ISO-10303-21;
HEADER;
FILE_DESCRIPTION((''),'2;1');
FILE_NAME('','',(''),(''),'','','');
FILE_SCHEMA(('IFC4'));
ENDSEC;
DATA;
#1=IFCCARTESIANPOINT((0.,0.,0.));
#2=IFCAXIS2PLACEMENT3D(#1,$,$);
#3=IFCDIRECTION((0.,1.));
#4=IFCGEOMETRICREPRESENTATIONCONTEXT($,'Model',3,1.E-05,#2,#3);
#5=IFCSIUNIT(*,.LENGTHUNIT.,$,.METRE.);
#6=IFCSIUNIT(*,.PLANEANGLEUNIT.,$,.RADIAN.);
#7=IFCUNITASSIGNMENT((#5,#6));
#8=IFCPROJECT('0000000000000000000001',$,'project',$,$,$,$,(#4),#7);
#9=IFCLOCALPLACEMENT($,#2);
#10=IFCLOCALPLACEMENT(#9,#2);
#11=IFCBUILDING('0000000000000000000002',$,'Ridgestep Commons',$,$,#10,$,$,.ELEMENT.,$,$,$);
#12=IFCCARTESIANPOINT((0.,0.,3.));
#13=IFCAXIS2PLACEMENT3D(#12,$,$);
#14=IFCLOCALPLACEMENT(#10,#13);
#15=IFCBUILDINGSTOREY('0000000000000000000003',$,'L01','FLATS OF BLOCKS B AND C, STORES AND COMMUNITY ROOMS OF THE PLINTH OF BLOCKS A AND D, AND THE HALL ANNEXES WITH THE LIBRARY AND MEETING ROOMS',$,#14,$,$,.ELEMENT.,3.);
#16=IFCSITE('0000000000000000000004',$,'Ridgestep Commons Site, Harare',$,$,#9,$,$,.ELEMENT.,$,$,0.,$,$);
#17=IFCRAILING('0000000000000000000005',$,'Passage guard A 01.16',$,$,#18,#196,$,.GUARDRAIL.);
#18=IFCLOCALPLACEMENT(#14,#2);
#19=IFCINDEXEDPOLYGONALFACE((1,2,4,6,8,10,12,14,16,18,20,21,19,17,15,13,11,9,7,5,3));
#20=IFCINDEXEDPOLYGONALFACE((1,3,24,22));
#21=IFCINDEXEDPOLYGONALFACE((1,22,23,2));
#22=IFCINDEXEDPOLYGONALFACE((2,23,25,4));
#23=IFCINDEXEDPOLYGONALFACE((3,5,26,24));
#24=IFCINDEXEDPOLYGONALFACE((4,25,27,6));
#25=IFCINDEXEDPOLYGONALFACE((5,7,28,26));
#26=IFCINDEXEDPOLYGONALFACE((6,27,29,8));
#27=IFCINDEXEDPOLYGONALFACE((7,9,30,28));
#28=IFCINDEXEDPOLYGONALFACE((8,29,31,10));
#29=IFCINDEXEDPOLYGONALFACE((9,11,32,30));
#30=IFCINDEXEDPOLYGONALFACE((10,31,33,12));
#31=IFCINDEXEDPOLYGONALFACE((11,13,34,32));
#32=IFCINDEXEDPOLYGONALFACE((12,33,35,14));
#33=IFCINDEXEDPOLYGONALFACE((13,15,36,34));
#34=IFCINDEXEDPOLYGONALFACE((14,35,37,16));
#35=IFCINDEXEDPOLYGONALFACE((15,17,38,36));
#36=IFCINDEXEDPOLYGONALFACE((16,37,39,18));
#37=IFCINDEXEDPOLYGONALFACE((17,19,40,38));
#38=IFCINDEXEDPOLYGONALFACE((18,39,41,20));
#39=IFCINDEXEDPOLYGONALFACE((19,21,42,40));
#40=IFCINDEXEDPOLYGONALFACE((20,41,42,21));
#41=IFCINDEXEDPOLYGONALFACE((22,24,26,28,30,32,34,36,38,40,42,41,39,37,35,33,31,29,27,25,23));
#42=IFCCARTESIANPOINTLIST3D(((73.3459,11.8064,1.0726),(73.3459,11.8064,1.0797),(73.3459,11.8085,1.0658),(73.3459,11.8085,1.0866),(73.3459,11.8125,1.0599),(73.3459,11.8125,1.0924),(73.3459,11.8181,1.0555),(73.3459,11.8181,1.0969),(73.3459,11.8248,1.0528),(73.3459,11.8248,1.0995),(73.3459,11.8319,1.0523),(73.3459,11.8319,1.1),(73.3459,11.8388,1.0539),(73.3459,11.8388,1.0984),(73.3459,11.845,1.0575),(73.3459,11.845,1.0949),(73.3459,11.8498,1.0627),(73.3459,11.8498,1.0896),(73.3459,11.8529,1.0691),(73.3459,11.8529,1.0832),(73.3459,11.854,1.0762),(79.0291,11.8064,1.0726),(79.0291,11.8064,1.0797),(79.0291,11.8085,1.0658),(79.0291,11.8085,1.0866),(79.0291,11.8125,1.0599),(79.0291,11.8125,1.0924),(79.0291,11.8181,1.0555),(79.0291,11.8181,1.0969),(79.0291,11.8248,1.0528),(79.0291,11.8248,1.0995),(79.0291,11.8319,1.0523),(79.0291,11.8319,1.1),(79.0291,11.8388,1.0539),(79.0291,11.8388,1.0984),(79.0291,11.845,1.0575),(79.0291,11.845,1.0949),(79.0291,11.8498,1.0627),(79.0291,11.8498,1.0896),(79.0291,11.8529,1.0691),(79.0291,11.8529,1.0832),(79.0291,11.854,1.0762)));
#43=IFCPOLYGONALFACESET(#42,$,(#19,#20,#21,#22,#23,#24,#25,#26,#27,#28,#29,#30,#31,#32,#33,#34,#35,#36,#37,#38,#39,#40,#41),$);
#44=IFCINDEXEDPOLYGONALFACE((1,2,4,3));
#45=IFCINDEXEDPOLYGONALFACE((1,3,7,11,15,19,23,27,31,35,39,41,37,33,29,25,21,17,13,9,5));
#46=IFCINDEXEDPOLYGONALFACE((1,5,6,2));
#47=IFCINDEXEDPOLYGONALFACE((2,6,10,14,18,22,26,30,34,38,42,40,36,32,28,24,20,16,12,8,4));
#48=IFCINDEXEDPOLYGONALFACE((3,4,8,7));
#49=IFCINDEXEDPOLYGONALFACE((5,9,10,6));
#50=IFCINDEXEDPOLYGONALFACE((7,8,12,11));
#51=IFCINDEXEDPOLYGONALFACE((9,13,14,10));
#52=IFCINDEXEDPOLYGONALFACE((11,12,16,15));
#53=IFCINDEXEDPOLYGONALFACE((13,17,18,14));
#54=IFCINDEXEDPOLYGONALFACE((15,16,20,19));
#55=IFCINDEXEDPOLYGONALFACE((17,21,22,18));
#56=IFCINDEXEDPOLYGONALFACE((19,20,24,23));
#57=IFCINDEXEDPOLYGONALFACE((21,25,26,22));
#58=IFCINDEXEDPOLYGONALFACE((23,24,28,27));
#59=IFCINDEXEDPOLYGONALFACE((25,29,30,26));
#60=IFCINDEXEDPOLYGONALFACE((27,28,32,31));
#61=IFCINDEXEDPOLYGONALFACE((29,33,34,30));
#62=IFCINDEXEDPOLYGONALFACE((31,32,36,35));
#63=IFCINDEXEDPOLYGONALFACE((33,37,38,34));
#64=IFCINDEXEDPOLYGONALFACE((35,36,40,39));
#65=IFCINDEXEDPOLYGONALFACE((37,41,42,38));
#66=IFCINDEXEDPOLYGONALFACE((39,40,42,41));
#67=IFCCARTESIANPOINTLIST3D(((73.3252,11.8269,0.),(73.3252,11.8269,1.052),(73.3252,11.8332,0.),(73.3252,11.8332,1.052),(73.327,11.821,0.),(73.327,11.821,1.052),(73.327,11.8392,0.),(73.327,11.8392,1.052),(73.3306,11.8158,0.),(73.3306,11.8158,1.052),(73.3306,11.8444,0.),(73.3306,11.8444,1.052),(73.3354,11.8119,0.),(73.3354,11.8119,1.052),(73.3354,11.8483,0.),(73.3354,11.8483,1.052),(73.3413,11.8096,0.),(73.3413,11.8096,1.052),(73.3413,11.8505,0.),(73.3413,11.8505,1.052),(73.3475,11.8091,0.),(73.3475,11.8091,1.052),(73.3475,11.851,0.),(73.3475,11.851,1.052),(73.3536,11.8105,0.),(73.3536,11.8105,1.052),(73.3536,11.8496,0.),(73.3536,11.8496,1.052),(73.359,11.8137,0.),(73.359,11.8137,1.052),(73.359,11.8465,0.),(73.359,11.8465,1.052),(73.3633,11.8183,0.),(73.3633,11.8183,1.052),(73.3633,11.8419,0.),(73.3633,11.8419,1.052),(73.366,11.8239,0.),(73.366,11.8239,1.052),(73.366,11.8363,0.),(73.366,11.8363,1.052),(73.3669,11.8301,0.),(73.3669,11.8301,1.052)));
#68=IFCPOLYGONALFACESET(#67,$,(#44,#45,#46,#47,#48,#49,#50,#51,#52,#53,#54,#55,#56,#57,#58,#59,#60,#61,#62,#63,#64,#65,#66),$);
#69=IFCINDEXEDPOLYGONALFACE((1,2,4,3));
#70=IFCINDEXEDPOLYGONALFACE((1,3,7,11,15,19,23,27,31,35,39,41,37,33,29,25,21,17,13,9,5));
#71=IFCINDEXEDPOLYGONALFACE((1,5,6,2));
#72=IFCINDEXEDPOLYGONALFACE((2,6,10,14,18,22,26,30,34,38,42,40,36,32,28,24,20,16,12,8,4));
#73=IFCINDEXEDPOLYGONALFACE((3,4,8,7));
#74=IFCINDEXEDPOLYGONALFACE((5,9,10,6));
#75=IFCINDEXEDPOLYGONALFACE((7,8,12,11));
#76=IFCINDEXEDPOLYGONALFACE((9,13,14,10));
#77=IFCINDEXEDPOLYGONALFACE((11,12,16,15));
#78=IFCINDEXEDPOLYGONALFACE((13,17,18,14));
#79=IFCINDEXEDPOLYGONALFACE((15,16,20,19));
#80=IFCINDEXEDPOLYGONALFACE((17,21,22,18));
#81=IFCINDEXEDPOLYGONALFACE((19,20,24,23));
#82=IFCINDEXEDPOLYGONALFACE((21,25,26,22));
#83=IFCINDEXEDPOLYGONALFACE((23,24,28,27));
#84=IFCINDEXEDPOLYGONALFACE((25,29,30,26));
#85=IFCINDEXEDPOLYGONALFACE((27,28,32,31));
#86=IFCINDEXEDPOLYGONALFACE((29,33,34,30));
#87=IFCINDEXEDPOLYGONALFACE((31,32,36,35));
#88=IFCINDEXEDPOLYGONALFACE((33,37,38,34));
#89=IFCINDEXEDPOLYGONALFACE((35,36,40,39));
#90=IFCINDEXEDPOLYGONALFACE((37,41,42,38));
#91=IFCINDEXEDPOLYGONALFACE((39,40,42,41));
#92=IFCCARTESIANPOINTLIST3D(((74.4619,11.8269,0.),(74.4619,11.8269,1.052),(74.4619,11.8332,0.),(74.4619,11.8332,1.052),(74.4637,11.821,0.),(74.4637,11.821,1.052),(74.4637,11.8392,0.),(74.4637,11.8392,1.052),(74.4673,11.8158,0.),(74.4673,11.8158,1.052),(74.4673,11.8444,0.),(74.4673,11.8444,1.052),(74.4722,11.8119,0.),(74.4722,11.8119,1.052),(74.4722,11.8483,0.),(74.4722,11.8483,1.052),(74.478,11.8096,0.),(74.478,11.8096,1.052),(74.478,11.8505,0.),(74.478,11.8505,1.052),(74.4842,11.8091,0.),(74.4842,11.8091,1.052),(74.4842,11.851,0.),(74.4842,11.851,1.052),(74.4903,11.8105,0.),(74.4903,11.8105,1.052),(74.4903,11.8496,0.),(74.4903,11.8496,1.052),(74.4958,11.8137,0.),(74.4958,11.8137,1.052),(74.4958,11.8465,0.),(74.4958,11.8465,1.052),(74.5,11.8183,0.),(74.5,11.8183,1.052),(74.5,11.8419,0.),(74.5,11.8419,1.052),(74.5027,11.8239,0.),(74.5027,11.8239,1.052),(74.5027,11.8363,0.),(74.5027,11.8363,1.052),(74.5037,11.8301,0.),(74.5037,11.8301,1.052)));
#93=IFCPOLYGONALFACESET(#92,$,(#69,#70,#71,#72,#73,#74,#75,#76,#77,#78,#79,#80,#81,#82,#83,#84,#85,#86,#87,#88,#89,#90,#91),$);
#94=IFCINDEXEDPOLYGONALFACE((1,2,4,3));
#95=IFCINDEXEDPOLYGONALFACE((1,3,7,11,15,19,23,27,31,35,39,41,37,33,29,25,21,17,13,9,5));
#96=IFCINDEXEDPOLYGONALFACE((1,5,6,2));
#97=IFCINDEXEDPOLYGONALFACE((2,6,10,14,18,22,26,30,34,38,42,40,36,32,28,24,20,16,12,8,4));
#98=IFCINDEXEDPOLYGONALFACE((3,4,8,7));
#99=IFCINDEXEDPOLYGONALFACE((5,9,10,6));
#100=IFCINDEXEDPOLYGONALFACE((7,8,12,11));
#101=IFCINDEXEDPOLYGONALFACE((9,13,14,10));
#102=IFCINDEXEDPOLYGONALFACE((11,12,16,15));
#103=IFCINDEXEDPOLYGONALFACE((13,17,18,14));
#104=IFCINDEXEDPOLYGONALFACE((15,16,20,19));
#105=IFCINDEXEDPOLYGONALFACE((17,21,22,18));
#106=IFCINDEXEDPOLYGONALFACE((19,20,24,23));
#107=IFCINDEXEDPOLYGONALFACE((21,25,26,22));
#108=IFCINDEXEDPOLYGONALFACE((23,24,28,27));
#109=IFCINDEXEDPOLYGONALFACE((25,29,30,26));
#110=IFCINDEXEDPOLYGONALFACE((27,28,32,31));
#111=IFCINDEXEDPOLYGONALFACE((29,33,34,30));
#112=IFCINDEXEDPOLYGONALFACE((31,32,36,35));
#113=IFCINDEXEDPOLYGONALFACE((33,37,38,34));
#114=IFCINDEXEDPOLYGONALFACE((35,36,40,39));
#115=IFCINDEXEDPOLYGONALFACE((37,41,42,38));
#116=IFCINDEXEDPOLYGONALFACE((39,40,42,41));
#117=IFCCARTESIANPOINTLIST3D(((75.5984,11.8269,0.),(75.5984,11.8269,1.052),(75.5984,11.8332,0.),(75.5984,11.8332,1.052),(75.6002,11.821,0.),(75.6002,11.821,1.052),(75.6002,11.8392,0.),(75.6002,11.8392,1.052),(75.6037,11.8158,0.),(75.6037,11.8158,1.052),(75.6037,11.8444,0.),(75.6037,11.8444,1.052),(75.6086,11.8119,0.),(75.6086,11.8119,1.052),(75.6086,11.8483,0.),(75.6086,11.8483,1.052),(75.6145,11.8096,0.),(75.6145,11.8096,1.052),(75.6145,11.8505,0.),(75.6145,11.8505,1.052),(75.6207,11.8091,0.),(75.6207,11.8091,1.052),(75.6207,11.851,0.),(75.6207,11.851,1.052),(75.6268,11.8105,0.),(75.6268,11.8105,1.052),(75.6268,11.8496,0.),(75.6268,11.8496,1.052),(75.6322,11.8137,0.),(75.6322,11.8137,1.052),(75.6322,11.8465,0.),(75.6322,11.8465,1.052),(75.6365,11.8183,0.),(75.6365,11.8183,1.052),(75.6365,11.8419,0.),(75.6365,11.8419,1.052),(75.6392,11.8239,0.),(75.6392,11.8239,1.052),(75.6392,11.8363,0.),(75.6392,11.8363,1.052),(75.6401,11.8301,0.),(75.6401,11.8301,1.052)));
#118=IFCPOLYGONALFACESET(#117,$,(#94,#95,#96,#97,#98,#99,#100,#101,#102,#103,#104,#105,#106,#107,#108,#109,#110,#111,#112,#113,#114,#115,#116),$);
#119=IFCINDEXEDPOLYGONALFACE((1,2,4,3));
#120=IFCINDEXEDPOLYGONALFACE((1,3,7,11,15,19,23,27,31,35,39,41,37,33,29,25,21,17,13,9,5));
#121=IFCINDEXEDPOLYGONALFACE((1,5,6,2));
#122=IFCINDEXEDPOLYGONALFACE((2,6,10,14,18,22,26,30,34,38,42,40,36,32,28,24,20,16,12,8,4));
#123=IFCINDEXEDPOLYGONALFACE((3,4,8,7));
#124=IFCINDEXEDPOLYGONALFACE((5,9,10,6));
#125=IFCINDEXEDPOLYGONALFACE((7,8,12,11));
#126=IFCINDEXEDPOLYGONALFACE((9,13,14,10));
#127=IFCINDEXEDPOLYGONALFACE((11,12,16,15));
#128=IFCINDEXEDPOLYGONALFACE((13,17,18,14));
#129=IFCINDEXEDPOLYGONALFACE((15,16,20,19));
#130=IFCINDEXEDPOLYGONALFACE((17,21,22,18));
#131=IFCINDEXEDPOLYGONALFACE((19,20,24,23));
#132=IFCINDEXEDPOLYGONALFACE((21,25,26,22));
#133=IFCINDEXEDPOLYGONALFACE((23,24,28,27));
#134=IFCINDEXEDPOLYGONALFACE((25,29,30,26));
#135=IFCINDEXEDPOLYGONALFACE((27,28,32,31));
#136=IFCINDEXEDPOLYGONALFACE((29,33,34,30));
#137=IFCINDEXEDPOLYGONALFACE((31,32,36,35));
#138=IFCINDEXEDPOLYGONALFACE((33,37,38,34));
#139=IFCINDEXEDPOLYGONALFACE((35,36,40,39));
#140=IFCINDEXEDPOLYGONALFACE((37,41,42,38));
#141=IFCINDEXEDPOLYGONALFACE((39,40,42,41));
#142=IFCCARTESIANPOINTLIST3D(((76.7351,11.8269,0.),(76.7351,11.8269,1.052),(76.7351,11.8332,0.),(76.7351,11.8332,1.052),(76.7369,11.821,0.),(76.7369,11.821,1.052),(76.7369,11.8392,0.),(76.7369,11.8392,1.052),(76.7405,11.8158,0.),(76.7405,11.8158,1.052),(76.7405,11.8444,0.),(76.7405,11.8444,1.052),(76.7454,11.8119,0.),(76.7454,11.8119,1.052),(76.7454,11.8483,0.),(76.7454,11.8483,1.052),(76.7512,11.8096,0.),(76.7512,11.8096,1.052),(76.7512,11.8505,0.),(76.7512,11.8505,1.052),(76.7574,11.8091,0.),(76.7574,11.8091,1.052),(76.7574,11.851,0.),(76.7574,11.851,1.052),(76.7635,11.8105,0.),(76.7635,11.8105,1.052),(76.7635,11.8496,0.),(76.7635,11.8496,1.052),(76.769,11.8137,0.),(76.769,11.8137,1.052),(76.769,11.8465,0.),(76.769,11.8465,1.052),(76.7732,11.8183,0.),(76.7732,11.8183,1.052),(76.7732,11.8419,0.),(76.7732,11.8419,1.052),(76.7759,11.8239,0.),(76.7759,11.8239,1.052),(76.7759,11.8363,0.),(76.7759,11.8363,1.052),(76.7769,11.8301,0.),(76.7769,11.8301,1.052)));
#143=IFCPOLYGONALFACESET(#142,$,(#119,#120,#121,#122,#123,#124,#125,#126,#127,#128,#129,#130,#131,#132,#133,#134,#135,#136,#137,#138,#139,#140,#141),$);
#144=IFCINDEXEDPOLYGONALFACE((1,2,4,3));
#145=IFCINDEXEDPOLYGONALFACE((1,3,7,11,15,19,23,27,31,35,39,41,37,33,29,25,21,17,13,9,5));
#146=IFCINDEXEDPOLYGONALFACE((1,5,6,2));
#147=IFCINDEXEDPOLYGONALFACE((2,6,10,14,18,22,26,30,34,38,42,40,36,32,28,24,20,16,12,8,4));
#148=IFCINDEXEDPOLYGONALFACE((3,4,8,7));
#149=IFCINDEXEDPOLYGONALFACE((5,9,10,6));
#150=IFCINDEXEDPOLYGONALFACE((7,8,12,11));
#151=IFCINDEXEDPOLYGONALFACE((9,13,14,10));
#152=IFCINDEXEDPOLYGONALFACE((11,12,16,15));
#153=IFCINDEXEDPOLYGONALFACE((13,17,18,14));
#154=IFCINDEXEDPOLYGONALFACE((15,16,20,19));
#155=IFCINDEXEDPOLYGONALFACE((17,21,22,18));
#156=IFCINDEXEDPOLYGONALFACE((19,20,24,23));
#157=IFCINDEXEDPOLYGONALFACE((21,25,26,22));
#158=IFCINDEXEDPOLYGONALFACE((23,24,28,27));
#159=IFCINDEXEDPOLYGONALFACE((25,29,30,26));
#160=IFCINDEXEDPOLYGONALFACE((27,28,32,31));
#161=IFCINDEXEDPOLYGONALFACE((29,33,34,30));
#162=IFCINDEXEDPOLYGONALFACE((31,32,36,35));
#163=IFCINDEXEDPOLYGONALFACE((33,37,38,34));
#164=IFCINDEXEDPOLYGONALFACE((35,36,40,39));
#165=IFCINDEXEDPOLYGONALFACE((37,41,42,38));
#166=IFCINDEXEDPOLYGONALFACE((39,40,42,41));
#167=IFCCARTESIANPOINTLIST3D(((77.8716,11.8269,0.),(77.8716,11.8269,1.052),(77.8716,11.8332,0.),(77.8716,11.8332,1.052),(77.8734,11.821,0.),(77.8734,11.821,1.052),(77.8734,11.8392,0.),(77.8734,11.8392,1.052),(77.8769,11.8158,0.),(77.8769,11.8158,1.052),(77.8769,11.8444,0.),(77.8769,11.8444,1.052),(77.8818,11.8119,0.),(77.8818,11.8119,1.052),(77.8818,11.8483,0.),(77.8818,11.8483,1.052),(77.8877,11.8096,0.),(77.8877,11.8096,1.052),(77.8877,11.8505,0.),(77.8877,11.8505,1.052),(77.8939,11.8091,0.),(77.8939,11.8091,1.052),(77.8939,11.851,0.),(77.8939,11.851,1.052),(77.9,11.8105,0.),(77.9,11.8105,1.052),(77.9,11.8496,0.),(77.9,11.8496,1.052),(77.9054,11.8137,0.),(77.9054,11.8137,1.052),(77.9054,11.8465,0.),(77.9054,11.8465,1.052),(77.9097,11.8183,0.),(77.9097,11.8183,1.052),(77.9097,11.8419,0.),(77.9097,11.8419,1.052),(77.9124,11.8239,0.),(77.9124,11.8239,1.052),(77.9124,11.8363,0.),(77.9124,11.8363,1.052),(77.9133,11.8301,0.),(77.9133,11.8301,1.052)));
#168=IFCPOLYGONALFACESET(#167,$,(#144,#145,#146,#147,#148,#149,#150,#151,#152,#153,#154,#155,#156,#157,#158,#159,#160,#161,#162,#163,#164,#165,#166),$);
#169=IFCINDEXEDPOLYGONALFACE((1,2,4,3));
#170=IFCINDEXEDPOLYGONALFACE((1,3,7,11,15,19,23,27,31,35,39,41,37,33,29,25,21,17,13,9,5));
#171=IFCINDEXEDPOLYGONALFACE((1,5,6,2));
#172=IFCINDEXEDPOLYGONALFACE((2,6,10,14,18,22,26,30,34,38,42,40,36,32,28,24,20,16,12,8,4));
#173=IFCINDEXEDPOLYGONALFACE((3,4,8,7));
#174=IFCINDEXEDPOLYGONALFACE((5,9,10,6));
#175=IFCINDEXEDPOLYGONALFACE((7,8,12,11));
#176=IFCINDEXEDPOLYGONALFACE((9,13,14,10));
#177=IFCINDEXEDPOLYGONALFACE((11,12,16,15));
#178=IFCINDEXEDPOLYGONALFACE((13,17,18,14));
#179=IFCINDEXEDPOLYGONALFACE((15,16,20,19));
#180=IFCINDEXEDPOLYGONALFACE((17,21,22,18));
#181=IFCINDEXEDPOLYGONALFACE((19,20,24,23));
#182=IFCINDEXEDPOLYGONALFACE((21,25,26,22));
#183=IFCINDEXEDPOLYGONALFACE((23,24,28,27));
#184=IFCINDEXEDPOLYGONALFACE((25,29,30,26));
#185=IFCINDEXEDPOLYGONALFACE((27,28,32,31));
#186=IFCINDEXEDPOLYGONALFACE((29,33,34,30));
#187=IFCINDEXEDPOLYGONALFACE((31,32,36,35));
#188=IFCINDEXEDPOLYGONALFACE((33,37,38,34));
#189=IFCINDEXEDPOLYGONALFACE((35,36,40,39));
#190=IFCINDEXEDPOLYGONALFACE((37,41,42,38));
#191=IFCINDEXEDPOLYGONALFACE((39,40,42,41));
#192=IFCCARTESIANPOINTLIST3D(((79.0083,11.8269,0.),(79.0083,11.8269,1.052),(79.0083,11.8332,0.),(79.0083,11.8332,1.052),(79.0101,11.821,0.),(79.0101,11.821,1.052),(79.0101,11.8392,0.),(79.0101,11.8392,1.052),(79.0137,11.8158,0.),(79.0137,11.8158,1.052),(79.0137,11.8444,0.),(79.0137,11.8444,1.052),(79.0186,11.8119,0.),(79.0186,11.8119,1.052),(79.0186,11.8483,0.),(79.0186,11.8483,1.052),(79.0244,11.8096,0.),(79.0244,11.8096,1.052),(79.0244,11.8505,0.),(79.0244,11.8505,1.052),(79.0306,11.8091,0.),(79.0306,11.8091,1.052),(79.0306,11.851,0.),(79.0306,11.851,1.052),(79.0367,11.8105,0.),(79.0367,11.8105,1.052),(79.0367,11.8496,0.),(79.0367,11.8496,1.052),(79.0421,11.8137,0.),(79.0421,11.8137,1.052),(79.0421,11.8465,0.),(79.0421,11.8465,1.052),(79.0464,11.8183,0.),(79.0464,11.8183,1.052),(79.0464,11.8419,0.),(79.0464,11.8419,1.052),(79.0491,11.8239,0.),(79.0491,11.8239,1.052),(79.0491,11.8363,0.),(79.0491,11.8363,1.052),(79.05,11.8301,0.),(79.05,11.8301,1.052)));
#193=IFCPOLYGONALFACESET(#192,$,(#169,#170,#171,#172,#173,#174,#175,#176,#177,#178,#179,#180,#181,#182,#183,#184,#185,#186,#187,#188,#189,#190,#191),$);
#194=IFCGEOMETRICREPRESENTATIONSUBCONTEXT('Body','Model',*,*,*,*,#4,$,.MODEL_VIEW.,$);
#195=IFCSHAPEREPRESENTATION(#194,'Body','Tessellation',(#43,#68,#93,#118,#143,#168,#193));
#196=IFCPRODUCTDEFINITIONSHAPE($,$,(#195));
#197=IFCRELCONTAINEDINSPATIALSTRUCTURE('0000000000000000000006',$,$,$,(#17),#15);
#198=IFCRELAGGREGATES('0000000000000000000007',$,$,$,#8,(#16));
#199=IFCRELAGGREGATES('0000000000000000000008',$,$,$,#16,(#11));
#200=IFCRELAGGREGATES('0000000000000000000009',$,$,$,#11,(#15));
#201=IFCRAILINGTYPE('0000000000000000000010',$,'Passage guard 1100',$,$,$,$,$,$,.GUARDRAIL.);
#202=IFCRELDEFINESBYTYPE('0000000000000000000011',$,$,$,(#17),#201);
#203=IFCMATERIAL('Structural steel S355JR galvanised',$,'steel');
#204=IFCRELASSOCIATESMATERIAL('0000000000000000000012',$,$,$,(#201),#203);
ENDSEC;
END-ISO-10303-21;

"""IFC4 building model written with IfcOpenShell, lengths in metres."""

from ifc_helpers import new_model, si_unit, direction, frame, origin, origin_2d, place, context, subcontext, project, spatial, circle, extrude, material, type_object, element, save


model = new_model("IFC4")

# Units and contexts
model_context = context("Model", 3, precision=1e-05, world=origin(), true_north=direction((0.0, 1.0)))
body_context = subcontext(model_context, "Body", "Model", "MODEL_VIEW")
ifc_project = project(units=[si_unit("LENGTHUNIT", "METRE"), si_unit("PLANEANGLEUNIT", "RADIAN")], contexts=[model_context])

# Site, building, storey
site_placement = place(None, origin())
site = spatial("IfcSite", under=ifc_project, at=site_placement, Name="Ridgestep Commons Site, Harare", CompositionType="ELEMENT", RefElevation=0.0)
building_placement = place(site_placement, origin())
building = spatial("IfcBuilding", under=site, at=building_placement, Name="Ridgestep Commons", CompositionType="ELEMENT")
storey_placement = place(building_placement, frame((0.0, 0.0, 3.0)))
storey = spatial("IfcBuildingStorey", under=building, at=storey_placement, Name="L01", Description="FLATS OF BLOCKS B AND C, STORES AND COMMUNITY ROOMS OF THE PLINTH OF BLOCKS A AND D, AND THE HALL ANNEXES WITH THE LIBRARY AND MEETING ROOMS", CompositionType="ELEMENT", Elevation=3.0)

# Railing
ifc_material_1 = material(Name="Structural steel S355JR galvanised", Category="steel")
railing_type = type_object("IfcRailingType", Name="Passage guard 1100", PredefinedType="GUARDRAIL", material=ifc_material_1)
railing_1_placement = place(storey_placement, frame((73.3459, 11.8301, 0.0)))
element("IfcRailing", 1, at=railing_1_placement, inside=storey, type_object=railing_type, Name="Passage guard A 01.16", PredefinedType="GUARDRAIL", context=body_context, shape_type="SweptSolid", body=[
    extrude(circle(Radius=0.0239, at=origin_2d()), frame((0.0, 0.0, 1.0762), z_axis=(1.0, 0.0, 0.0), x_axis=(0.0, 1.0, 0.0)), (0.0, 0.0, 1.0), 5.6831),
    extrude(circle(Radius=0.021, at=origin_2d()), origin(), (0.0, 0.0, 1.0), 1.052),
    extrude(circle(Radius=0.021, at=origin_2d()), frame((1.1367, 0.0, 0.0)), (0.0, 0.0, 1.0), 1.052),
    extrude(circle(Radius=0.021, at=origin_2d()), frame((2.2732, 0.0, 0.0)), (0.0, 0.0, 1.0), 1.052),
    extrude(circle(Radius=0.021, at=origin_2d()), frame((3.4099, 0.0, 0.0)), (0.0, 0.0, 1.0), 1.052),
    extrude(circle(Radius=0.021, at=origin_2d()), frame((4.5464, 0.0, 0.0)), (0.0, 0.0, 1.0), 1.052),
    extrude(circle(Radius=0.021, at=origin_2d()), frame((5.6831, 0.0, 0.0)), (0.0, 0.0, 1.0), 1.052),
])

save(model, "model.ifc")
